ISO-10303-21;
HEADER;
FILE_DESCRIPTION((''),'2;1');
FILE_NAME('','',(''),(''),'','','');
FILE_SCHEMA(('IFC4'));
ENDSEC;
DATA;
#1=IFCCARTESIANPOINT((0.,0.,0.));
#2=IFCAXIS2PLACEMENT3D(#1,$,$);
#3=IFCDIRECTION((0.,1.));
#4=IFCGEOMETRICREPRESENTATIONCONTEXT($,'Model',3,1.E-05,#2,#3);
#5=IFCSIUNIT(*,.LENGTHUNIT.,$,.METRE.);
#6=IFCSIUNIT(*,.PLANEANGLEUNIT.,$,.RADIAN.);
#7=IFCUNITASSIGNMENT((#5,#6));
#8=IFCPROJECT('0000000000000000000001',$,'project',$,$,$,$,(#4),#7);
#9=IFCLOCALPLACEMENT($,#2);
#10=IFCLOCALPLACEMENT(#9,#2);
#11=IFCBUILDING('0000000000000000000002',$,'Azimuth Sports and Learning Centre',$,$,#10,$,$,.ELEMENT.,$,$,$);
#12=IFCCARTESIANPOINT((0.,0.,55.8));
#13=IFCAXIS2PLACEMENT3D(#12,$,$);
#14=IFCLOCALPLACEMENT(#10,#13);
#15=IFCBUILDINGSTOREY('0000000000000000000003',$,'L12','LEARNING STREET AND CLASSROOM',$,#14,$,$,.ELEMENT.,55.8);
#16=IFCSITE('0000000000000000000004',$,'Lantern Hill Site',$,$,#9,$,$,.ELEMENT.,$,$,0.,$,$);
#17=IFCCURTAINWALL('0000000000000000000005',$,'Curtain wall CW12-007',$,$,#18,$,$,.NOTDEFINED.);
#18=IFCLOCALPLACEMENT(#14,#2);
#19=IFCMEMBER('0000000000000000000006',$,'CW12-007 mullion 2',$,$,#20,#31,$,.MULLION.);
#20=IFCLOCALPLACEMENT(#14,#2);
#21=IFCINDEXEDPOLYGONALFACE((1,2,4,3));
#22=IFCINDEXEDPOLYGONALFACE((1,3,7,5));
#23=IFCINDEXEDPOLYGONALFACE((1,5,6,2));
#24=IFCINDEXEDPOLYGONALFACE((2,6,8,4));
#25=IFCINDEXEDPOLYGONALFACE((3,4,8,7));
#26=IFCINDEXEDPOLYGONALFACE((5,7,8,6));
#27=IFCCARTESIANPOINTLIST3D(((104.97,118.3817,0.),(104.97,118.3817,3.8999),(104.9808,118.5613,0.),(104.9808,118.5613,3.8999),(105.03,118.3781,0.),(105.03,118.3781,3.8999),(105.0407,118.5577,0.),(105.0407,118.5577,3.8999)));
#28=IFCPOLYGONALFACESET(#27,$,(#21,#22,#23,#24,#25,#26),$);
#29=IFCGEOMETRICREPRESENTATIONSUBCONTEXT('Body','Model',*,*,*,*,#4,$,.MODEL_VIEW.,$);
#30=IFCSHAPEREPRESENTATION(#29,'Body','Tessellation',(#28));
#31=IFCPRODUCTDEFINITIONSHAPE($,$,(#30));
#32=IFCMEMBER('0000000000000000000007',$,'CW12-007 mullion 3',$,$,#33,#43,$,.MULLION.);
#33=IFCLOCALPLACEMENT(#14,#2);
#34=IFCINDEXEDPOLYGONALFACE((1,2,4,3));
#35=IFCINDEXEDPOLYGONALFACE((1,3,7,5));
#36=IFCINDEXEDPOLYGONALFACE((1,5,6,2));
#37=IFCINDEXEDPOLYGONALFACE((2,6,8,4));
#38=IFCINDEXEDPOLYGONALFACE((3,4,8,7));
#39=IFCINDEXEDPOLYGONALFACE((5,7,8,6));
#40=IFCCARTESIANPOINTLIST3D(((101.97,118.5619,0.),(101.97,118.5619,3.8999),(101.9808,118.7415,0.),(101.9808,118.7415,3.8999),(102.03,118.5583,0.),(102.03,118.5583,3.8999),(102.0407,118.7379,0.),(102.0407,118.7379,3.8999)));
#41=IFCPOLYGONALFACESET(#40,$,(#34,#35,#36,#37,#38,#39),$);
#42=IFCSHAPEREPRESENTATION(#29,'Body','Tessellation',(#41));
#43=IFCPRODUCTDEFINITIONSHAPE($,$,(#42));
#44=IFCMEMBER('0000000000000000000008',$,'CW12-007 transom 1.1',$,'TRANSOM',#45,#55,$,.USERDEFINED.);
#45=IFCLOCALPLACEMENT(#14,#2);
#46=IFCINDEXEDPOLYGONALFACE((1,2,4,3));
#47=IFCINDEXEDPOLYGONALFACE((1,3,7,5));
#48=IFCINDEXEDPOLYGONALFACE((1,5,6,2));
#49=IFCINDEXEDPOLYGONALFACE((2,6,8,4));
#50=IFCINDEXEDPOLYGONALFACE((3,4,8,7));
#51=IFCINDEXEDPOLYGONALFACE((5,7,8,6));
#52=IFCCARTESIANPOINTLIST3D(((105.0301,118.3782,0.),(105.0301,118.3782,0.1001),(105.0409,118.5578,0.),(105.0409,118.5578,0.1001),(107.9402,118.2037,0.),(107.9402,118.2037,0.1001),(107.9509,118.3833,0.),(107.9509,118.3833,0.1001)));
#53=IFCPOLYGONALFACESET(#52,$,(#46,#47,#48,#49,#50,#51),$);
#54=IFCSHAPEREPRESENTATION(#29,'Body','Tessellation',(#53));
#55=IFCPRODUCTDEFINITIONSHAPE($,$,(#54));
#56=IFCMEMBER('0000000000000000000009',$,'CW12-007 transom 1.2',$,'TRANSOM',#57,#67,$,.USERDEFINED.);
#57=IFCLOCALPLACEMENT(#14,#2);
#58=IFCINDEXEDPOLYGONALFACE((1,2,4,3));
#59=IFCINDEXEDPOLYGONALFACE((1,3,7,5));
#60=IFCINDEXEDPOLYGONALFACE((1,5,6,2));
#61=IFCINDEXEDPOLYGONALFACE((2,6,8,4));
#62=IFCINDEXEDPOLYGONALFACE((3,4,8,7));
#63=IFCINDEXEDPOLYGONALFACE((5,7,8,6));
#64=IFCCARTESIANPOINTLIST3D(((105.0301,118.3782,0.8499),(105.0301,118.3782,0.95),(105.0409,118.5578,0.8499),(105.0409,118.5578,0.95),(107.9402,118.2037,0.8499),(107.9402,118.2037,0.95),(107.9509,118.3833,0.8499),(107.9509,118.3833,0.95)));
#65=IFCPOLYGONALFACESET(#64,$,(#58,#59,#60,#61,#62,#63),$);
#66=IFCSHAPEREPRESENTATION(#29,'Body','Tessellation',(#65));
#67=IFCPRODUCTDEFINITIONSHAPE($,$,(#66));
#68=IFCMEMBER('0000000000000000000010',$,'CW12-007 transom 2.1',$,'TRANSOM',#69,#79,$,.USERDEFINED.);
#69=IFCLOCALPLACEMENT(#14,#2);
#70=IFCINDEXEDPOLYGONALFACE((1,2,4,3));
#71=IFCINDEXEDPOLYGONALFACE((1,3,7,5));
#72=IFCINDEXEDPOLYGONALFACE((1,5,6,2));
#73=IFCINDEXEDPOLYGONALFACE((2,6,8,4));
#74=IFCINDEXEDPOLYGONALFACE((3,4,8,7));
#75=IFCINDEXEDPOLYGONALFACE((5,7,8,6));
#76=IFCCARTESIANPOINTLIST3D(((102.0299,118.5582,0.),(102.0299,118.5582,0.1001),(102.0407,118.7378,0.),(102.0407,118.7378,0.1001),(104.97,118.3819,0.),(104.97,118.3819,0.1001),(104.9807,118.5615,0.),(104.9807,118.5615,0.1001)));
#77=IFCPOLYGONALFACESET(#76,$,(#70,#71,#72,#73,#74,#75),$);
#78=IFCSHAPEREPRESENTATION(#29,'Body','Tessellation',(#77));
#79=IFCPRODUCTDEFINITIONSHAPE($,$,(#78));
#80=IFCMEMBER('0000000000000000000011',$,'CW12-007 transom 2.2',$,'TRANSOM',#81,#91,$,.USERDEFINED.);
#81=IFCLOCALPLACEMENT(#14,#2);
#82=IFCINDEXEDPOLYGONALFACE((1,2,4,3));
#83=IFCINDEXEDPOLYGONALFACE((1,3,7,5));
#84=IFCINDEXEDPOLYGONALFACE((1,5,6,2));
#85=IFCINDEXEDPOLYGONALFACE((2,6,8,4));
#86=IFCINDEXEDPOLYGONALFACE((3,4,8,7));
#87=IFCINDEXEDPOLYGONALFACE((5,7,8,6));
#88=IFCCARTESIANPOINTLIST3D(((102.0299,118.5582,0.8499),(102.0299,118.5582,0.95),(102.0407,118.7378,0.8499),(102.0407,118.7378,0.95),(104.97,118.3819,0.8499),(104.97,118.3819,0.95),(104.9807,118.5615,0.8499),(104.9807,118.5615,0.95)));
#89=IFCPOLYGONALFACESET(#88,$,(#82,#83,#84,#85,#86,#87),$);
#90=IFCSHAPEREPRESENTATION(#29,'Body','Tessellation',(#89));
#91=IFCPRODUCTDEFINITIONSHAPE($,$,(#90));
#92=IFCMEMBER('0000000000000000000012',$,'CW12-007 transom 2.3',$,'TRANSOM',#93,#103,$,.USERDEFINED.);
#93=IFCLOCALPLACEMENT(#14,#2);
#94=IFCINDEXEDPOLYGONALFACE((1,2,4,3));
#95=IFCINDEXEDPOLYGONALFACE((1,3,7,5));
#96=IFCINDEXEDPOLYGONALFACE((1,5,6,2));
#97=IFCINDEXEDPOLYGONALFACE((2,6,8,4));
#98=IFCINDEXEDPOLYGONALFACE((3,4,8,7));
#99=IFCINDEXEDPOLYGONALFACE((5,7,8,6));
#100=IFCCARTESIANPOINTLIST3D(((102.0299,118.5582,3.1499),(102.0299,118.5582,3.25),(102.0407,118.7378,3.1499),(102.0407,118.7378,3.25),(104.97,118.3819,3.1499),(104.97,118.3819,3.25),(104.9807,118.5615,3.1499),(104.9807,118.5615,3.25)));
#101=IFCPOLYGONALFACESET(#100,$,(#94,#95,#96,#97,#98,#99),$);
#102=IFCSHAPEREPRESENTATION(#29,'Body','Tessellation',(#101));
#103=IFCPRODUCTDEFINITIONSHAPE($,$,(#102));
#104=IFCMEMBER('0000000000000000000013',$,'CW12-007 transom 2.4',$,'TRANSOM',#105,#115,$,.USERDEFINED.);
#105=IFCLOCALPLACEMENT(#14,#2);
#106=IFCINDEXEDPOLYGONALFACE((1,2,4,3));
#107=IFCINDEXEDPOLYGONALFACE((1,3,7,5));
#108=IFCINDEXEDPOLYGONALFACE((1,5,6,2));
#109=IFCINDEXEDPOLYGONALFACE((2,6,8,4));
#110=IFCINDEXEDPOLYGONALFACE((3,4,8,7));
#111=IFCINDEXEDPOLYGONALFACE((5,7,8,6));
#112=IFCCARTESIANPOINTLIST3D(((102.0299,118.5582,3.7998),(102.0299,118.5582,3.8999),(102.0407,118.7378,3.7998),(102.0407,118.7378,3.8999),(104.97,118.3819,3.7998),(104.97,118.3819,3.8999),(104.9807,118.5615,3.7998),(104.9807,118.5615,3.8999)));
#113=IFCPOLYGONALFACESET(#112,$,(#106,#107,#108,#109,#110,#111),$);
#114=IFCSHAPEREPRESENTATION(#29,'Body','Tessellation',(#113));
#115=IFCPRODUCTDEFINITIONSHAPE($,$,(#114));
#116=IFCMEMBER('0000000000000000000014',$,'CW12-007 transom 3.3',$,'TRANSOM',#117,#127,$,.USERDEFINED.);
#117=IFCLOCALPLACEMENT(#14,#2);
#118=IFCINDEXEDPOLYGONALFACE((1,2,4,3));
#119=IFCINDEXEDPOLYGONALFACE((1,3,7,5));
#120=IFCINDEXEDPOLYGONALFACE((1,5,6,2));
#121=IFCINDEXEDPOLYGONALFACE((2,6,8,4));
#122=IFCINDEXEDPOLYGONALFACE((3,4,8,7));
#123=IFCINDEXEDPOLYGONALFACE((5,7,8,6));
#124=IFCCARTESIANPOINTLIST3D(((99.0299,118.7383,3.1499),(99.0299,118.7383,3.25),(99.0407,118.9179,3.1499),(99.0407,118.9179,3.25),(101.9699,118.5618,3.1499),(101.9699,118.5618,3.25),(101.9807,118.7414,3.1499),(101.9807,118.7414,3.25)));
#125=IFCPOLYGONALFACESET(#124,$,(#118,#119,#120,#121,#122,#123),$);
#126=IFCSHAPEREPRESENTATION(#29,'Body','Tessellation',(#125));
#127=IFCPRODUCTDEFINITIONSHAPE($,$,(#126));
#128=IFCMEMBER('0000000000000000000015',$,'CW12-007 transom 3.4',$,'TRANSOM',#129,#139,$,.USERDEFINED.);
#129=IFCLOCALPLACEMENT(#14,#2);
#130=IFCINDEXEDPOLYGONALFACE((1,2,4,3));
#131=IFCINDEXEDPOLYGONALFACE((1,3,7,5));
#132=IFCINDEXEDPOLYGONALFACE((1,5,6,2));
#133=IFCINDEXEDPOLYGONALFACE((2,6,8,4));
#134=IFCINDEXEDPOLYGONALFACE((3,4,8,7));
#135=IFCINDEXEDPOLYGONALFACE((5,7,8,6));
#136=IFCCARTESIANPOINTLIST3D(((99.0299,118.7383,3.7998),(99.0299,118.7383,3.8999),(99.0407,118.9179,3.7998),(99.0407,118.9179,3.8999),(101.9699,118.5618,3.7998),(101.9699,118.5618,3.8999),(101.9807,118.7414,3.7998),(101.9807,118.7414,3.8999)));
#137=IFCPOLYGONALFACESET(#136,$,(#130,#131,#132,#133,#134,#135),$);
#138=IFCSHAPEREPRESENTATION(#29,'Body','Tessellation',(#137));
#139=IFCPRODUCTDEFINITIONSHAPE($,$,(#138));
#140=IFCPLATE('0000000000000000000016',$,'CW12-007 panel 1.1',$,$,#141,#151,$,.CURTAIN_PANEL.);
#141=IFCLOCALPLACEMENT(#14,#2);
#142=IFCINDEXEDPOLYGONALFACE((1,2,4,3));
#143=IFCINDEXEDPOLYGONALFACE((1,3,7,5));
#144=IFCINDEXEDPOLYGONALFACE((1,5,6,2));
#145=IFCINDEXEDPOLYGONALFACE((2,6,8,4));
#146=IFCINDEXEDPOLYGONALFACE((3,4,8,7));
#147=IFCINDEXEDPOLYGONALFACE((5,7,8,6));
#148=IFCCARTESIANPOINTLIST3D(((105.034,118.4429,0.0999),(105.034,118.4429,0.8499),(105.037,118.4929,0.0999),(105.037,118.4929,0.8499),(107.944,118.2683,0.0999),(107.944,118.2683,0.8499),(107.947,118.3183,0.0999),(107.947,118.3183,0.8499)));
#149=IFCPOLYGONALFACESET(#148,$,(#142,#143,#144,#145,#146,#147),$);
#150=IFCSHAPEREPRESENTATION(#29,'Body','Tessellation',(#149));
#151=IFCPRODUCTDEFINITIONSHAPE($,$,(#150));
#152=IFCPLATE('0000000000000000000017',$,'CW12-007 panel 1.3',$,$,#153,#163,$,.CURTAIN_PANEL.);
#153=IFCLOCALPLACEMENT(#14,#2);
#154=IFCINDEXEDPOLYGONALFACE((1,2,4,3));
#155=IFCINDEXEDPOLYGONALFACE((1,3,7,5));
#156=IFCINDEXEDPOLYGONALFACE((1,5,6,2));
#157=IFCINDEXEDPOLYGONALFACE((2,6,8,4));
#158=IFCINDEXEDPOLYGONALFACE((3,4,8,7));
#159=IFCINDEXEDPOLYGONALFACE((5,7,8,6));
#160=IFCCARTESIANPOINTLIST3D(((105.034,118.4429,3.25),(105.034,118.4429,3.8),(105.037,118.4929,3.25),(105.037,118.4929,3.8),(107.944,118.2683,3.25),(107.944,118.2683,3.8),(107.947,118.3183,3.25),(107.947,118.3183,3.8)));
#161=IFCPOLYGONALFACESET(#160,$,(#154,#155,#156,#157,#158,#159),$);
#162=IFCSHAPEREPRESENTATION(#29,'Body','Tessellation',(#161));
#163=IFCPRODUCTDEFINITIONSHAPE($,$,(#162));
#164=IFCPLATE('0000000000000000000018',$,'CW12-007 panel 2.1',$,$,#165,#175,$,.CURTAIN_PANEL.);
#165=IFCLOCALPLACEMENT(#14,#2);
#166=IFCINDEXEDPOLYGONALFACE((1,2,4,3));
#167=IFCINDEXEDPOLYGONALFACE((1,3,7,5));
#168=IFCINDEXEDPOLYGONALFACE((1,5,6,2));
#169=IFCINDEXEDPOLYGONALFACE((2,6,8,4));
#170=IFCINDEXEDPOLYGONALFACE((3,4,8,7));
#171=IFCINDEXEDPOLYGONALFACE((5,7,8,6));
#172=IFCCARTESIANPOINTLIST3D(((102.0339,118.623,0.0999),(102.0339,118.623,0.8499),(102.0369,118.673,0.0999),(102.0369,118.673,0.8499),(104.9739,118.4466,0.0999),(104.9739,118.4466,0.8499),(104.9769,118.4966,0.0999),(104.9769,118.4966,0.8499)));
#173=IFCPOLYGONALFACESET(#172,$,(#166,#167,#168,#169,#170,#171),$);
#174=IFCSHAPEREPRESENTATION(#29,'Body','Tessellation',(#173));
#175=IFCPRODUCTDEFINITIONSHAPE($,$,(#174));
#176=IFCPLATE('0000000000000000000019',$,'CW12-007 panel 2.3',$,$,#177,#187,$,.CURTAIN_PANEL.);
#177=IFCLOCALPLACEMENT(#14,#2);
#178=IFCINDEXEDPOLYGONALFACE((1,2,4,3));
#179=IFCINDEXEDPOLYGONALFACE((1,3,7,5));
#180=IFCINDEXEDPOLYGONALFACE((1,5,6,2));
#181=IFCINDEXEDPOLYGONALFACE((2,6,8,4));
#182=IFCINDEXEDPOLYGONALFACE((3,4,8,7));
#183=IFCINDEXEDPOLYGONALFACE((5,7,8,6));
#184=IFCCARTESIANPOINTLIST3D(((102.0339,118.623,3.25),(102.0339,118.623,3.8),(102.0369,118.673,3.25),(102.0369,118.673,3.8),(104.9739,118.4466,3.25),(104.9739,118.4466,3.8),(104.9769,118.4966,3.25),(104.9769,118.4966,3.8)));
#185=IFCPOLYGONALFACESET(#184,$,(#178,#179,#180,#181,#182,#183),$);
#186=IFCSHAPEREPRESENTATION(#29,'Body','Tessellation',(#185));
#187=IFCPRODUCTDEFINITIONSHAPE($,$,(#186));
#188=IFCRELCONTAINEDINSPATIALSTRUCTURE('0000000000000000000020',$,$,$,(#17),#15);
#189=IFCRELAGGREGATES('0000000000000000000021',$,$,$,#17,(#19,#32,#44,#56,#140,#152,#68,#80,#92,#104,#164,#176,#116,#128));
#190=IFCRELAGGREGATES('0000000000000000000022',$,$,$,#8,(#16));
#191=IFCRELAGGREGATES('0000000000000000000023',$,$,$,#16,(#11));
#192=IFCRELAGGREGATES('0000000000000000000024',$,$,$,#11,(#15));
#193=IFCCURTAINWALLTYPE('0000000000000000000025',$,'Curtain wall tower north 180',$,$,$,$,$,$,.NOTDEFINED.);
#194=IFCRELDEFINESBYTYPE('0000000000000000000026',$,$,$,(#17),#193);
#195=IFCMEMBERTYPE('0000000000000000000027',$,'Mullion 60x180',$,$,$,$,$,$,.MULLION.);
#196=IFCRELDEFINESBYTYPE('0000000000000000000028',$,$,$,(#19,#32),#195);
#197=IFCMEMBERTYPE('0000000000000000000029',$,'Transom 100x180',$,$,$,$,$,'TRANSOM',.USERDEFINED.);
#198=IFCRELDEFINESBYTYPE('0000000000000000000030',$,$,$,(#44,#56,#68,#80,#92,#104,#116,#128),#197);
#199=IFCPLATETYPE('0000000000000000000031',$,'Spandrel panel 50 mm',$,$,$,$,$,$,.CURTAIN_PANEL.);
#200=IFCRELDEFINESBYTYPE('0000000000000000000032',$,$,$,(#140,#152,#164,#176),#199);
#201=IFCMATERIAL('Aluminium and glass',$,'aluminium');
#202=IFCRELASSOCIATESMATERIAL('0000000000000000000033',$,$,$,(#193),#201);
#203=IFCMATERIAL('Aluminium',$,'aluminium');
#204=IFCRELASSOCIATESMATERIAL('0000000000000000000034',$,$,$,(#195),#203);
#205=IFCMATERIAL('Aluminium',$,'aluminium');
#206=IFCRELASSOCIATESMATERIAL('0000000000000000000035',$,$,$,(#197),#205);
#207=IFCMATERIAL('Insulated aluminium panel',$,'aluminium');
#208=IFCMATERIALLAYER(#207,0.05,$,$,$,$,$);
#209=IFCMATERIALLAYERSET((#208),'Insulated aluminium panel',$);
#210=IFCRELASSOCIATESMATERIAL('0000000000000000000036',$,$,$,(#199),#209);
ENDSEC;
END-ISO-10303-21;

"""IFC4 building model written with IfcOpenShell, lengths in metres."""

from ifc_helpers import new_model, si_unit, direction, frame, origin, origin_2d, place, context, subcontext, project, spatial, rectangle, extrude, material, layer, layer_set, material_profile, profile_set, type_object, element, aggregate, save


model = new_model("IFC4")

# Units and contexts
model_context = context("Model", 3, precision=1e-05, world=origin(), true_north=direction((0.0, 1.0)))
body_context = subcontext(model_context, "Body", "Model", "MODEL_VIEW")
ifc_project = project(units=[si_unit("LENGTHUNIT", "METRE"), si_unit("PLANEANGLEUNIT", "RADIAN")], contexts=[model_context])

# Site, building, storey
site_placement = place(None, origin())
site = spatial("IfcSite", under=ifc_project, at=site_placement, Name="Lantern Hill Site", CompositionType="ELEMENT", RefElevation=0.0)
building_placement = place(site_placement, origin())
building = spatial("IfcBuilding", under=site, at=building_placement, Name="Azimuth Sports and Learning Centre", CompositionType="ELEMENT")
storey_placement = place(building_placement, frame((0.0, 0.0, 55.8)))
storey = spatial("IfcBuildingStorey", under=building, at=storey_placement, Name="L12", Description="LEARNING STREET AND CLASSROOM", CompositionType="ELEMENT", Elevation=55.8)

# Curtain wall, members, plates
ifc_material_1 = material(Name="Aluminium and glass", Category="aluminium")
curtain_wall_type = type_object("IfcCurtainWallType", Name="Curtain wall tower north 180", PredefinedType="NOTDEFINED", material=ifc_material_1)
curtain_wall_placement = place(storey_placement, origin())
curtain_wall = element("IfcCurtainWall", 1, at=curtain_wall_placement, inside=storey, type_object=curtain_wall_type, Name="Curtain wall CW12-007", PredefinedType="NOTDEFINED")
ifc_material_2 = material(Name="Aluminium", Category="aluminium")
ifc_material_profile_1 = material_profile(ifc_material_2, rectangle(XDim=0.1799, YDim=0.0601, at=origin_2d()), Name="Mullion 60x180")
ifc_profile_set_1 = profile_set([ifc_material_profile_1], Name="Aluminium")
member_type_1 = type_object("IfcMemberType", Name="Mullion 60x180", PredefinedType="MULLION", material=ifc_profile_set_1)
member_1_placement = place(storey_placement, frame((105.0054, 118.4697, 0.0), z_axis=(0.0, 0.0, 1.0), x_axis=(-0.059892, -0.998205, 0.0)))
member_1 = element("IfcMember", 2, at=member_1_placement, type_object=member_type_1, Name="CW12-007 mullion 2", PredefinedType="MULLION", context=body_context, shape_type="SweptSolid", body=[
    extrude(rectangle(XDim=0.1799, YDim=0.0601, at=origin_2d()), origin(), (0.0, 0.0, 1.0), 3.8999),
])
member_2_placement = place(storey_placement, frame((102.0054, 118.6499, 0.0), z_axis=(0.0, 0.0, 1.0), x_axis=(-0.059892, -0.998205, 0.0)))
member_2 = element("IfcMember", 3, at=member_2_placement, type_object=member_type_1, Name="CW12-007 mullion 3", PredefinedType="MULLION", context=body_context, shape_type="SweptSolid", body=[
    extrude(rectangle(XDim=0.1799, YDim=0.0601, at=origin_2d()), origin(), (0.0, 0.0, 1.0), 3.8999),
])
ifc_material_3 = material(Name="Aluminium", Category="aluminium")
ifc_material_profile_2 = material_profile(ifc_material_3, rectangle(XDim=0.1799, YDim=0.1001, at=origin_2d()), Name="Transom 100x180")
ifc_profile_set_2 = profile_set([ifc_material_profile_2], Name="Aluminium")
member_type_2 = type_object("IfcMemberType", Name="Transom 100x180", ElementType="TRANSOM", PredefinedType="USERDEFINED", material=ifc_profile_set_2)
member_3_placement = place(storey_placement, frame((107.9456, 118.2935, 0.05), z_axis=(-0.998206, 0.059876, 0.0), x_axis=(-0.059876, -0.998206, 0.0)))
member_3 = element("IfcMember", 4, at=member_3_placement, type_object=member_type_2, Name="CW12-007 transom 1.1", ObjectType="TRANSOM", PredefinedType="USERDEFINED", context=body_context, shape_type="SweptSolid", body=[
    extrude(rectangle(XDim=0.1799, YDim=0.1001, at=origin_2d()), origin(), (0.0, 0.0, 1.0), 2.9153),
])
member_4_placement = place(storey_placement, frame((107.9456, 118.2935, 0.8999), z_axis=(-0.998206, 0.059876, 0.0), x_axis=(-0.059876, -0.998206, 0.0)))
member_4 = element("IfcMember", 5, at=member_4_placement, type_object=member_type_2, Name="CW12-007 transom 1.2", ObjectType="TRANSOM", PredefinedType="USERDEFINED", context=body_context, shape_type="SweptSolid", body=[
    extrude(rectangle(XDim=0.1799, YDim=0.1001, at=origin_2d()), origin(), (0.0, 0.0, 1.0), 2.9153),
])
member_5_placement = place(storey_placement, frame((104.9753, 118.4717, 0.05), z_axis=(-0.998207, 0.059849, 0.0), x_axis=(-0.059849, -0.998207, 0.0)))
member_5 = element("IfcMember", 6, at=member_5_placement, type_object=member_type_2, Name="CW12-007 transom 2.1", ObjectType="TRANSOM", PredefinedType="USERDEFINED", context=body_context, shape_type="SweptSolid", body=[
    extrude(rectangle(XDim=0.1799, YDim=0.1001, at=origin_2d()), origin(), (0.0, 0.0, 1.0), 2.9453),
])
member_6_placement = place(storey_placement, frame((104.9753, 118.4717, 0.8999), z_axis=(-0.998207, 0.059849, 0.0), x_axis=(-0.059849, -0.998207, 0.0)))
member_6 = element("IfcMember", 7, at=member_6_placement, type_object=member_type_2, Name="CW12-007 transom 2.2", ObjectType="TRANSOM", PredefinedType="USERDEFINED", context=body_context, shape_type="SweptSolid", body=[
    extrude(rectangle(XDim=0.1799, YDim=0.1001, at=origin_2d()), origin(), (0.0, 0.0, 1.0), 2.9453),
])
member_7_placement = place(storey_placement, frame((104.9753, 118.4717, 3.2), z_axis=(-0.998207, 0.059849, 0.0), x_axis=(-0.059849, -0.998207, 0.0)))
member_7 = element("IfcMember", 8, at=member_7_placement, type_object=member_type_2, Name="CW12-007 transom 2.3", ObjectType="TRANSOM", PredefinedType="USERDEFINED", context=body_context, shape_type="SweptSolid", body=[
    extrude(rectangle(XDim=0.1799, YDim=0.1001, at=origin_2d()), origin(), (0.0, 0.0, 1.0), 2.9453),
])
member_8_placement = place(storey_placement, frame((104.9753, 118.4717, 3.8499), z_axis=(-0.998207, 0.059849, 0.0), x_axis=(-0.059849, -0.998207, 0.0)))
member_8 = element("IfcMember", 9, at=member_8_placement, type_object=member_type_2, Name="CW12-007 transom 2.4", ObjectType="TRANSOM", PredefinedType="USERDEFINED", context=body_context, shape_type="SweptSolid", body=[
    extrude(rectangle(XDim=0.1799, YDim=0.1001, at=origin_2d()), origin(), (0.0, 0.0, 1.0), 2.9453),
])
member_9_placement = place(storey_placement, frame((101.9753, 118.6516, 3.2), z_axis=(-0.998202, 0.059932, 0.0), x_axis=(-0.059932, -0.998202, 0.0)))
member_9 = element("IfcMember", 10, at=member_9_placement, type_object=member_type_2, Name="CW12-007 transom 3.3", ObjectType="TRANSOM", PredefinedType="USERDEFINED", context=body_context, shape_type="SweptSolid", body=[
    extrude(rectangle(XDim=0.1799, YDim=0.1001, at=origin_2d()), origin(), (0.0, 0.0, 1.0), 2.9453),
])
member_10_placement = place(storey_placement, frame((101.9753, 118.6516, 3.8499), z_axis=(-0.998202, 0.059932, 0.0), x_axis=(-0.059932, -0.998202, 0.0)))
member_10 = element("IfcMember", 11, at=member_10_placement, type_object=member_type_2, Name="CW12-007 transom 3.4", ObjectType="TRANSOM", PredefinedType="USERDEFINED", context=body_context, shape_type="SweptSolid", body=[
    extrude(rectangle(XDim=0.1799, YDim=0.1001, at=origin_2d()), origin(), (0.0, 0.0, 1.0), 2.9453),
])
ifc_material_4 = material(Name="Insulated aluminium panel", Category="aluminium")
ifc_layer_1 = layer(ifc_material_4, 0.05)
ifc_layer_set_1 = layer_set([ifc_layer_1], Name="Insulated aluminium panel")
plate_type_1 = type_object("IfcPlateType", Name="Spandrel panel 50 mm", PredefinedType="CURTAIN_PANEL", material=ifc_layer_set_1)
plate_1_placement = place(storey_placement, frame((106.4905, 118.3806, 0.0999), z_axis=(0.0, 0.0, 1.0), x_axis=(-0.998205, 0.059892, 0.0)))
plate_1 = element("IfcPlate", 12, at=plate_1_placement, type_object=plate_type_1, Name="CW12-007 panel 1.1", PredefinedType="CURTAIN_PANEL", context=body_context, shape_type="SweptSolid", body=[
    extrude(rectangle(XDim=2.9153, YDim=0.05, at=origin_2d()), origin(), (0.0, 0.0, 1.0), 0.75),
])
plate_2_placement = place(storey_placement, frame((106.4905, 118.3806, 3.25), z_axis=(0.0, 0.0, 1.0), x_axis=(-0.998205, 0.059892, 0.0)))
plate_2 = element("IfcPlate", 13, at=plate_2_placement, type_object=plate_type_1, Name="CW12-007 panel 1.3", PredefinedType="CURTAIN_PANEL", context=body_context, shape_type="SweptSolid", body=[
    extrude(rectangle(XDim=2.9153, YDim=0.05, at=origin_2d()), origin(), (0.0, 0.0, 1.0), 0.55),
])
plate_3_placement = place(storey_placement, frame((103.5054, 118.5598, 0.0999), z_axis=(0.0, 0.0, 1.0), x_axis=(-0.998205, 0.059892, 0.0)))
plate_3 = element("IfcPlate", 14, at=plate_3_placement, type_object=plate_type_1, Name="CW12-007 panel 2.1", PredefinedType="CURTAIN_PANEL", context=body_context, shape_type="SweptSolid", body=[
    extrude(rectangle(XDim=2.9453, YDim=0.05, at=origin_2d()), origin(), (0.0, 0.0, 1.0), 0.75),
])
plate_4_placement = place(storey_placement, frame((103.5054, 118.5598, 3.25), z_axis=(0.0, 0.0, 1.0), x_axis=(-0.998205, 0.059892, 0.0)))
plate_4 = element("IfcPlate", 15, at=plate_4_placement, type_object=plate_type_1, Name="CW12-007 panel 2.3", PredefinedType="CURTAIN_PANEL", context=body_context, shape_type="SweptSolid", body=[
    extrude(rectangle(XDim=2.9453, YDim=0.05, at=origin_2d()), origin(), (0.0, 0.0, 1.0), 0.55),
])
aggregate(curtain_wall, [member_1, member_2, member_3, member_4, plate_1, plate_2, member_5, member_6, member_7, member_8, plate_3, plate_4, member_9, member_10])

save(model, "model.ifc")
